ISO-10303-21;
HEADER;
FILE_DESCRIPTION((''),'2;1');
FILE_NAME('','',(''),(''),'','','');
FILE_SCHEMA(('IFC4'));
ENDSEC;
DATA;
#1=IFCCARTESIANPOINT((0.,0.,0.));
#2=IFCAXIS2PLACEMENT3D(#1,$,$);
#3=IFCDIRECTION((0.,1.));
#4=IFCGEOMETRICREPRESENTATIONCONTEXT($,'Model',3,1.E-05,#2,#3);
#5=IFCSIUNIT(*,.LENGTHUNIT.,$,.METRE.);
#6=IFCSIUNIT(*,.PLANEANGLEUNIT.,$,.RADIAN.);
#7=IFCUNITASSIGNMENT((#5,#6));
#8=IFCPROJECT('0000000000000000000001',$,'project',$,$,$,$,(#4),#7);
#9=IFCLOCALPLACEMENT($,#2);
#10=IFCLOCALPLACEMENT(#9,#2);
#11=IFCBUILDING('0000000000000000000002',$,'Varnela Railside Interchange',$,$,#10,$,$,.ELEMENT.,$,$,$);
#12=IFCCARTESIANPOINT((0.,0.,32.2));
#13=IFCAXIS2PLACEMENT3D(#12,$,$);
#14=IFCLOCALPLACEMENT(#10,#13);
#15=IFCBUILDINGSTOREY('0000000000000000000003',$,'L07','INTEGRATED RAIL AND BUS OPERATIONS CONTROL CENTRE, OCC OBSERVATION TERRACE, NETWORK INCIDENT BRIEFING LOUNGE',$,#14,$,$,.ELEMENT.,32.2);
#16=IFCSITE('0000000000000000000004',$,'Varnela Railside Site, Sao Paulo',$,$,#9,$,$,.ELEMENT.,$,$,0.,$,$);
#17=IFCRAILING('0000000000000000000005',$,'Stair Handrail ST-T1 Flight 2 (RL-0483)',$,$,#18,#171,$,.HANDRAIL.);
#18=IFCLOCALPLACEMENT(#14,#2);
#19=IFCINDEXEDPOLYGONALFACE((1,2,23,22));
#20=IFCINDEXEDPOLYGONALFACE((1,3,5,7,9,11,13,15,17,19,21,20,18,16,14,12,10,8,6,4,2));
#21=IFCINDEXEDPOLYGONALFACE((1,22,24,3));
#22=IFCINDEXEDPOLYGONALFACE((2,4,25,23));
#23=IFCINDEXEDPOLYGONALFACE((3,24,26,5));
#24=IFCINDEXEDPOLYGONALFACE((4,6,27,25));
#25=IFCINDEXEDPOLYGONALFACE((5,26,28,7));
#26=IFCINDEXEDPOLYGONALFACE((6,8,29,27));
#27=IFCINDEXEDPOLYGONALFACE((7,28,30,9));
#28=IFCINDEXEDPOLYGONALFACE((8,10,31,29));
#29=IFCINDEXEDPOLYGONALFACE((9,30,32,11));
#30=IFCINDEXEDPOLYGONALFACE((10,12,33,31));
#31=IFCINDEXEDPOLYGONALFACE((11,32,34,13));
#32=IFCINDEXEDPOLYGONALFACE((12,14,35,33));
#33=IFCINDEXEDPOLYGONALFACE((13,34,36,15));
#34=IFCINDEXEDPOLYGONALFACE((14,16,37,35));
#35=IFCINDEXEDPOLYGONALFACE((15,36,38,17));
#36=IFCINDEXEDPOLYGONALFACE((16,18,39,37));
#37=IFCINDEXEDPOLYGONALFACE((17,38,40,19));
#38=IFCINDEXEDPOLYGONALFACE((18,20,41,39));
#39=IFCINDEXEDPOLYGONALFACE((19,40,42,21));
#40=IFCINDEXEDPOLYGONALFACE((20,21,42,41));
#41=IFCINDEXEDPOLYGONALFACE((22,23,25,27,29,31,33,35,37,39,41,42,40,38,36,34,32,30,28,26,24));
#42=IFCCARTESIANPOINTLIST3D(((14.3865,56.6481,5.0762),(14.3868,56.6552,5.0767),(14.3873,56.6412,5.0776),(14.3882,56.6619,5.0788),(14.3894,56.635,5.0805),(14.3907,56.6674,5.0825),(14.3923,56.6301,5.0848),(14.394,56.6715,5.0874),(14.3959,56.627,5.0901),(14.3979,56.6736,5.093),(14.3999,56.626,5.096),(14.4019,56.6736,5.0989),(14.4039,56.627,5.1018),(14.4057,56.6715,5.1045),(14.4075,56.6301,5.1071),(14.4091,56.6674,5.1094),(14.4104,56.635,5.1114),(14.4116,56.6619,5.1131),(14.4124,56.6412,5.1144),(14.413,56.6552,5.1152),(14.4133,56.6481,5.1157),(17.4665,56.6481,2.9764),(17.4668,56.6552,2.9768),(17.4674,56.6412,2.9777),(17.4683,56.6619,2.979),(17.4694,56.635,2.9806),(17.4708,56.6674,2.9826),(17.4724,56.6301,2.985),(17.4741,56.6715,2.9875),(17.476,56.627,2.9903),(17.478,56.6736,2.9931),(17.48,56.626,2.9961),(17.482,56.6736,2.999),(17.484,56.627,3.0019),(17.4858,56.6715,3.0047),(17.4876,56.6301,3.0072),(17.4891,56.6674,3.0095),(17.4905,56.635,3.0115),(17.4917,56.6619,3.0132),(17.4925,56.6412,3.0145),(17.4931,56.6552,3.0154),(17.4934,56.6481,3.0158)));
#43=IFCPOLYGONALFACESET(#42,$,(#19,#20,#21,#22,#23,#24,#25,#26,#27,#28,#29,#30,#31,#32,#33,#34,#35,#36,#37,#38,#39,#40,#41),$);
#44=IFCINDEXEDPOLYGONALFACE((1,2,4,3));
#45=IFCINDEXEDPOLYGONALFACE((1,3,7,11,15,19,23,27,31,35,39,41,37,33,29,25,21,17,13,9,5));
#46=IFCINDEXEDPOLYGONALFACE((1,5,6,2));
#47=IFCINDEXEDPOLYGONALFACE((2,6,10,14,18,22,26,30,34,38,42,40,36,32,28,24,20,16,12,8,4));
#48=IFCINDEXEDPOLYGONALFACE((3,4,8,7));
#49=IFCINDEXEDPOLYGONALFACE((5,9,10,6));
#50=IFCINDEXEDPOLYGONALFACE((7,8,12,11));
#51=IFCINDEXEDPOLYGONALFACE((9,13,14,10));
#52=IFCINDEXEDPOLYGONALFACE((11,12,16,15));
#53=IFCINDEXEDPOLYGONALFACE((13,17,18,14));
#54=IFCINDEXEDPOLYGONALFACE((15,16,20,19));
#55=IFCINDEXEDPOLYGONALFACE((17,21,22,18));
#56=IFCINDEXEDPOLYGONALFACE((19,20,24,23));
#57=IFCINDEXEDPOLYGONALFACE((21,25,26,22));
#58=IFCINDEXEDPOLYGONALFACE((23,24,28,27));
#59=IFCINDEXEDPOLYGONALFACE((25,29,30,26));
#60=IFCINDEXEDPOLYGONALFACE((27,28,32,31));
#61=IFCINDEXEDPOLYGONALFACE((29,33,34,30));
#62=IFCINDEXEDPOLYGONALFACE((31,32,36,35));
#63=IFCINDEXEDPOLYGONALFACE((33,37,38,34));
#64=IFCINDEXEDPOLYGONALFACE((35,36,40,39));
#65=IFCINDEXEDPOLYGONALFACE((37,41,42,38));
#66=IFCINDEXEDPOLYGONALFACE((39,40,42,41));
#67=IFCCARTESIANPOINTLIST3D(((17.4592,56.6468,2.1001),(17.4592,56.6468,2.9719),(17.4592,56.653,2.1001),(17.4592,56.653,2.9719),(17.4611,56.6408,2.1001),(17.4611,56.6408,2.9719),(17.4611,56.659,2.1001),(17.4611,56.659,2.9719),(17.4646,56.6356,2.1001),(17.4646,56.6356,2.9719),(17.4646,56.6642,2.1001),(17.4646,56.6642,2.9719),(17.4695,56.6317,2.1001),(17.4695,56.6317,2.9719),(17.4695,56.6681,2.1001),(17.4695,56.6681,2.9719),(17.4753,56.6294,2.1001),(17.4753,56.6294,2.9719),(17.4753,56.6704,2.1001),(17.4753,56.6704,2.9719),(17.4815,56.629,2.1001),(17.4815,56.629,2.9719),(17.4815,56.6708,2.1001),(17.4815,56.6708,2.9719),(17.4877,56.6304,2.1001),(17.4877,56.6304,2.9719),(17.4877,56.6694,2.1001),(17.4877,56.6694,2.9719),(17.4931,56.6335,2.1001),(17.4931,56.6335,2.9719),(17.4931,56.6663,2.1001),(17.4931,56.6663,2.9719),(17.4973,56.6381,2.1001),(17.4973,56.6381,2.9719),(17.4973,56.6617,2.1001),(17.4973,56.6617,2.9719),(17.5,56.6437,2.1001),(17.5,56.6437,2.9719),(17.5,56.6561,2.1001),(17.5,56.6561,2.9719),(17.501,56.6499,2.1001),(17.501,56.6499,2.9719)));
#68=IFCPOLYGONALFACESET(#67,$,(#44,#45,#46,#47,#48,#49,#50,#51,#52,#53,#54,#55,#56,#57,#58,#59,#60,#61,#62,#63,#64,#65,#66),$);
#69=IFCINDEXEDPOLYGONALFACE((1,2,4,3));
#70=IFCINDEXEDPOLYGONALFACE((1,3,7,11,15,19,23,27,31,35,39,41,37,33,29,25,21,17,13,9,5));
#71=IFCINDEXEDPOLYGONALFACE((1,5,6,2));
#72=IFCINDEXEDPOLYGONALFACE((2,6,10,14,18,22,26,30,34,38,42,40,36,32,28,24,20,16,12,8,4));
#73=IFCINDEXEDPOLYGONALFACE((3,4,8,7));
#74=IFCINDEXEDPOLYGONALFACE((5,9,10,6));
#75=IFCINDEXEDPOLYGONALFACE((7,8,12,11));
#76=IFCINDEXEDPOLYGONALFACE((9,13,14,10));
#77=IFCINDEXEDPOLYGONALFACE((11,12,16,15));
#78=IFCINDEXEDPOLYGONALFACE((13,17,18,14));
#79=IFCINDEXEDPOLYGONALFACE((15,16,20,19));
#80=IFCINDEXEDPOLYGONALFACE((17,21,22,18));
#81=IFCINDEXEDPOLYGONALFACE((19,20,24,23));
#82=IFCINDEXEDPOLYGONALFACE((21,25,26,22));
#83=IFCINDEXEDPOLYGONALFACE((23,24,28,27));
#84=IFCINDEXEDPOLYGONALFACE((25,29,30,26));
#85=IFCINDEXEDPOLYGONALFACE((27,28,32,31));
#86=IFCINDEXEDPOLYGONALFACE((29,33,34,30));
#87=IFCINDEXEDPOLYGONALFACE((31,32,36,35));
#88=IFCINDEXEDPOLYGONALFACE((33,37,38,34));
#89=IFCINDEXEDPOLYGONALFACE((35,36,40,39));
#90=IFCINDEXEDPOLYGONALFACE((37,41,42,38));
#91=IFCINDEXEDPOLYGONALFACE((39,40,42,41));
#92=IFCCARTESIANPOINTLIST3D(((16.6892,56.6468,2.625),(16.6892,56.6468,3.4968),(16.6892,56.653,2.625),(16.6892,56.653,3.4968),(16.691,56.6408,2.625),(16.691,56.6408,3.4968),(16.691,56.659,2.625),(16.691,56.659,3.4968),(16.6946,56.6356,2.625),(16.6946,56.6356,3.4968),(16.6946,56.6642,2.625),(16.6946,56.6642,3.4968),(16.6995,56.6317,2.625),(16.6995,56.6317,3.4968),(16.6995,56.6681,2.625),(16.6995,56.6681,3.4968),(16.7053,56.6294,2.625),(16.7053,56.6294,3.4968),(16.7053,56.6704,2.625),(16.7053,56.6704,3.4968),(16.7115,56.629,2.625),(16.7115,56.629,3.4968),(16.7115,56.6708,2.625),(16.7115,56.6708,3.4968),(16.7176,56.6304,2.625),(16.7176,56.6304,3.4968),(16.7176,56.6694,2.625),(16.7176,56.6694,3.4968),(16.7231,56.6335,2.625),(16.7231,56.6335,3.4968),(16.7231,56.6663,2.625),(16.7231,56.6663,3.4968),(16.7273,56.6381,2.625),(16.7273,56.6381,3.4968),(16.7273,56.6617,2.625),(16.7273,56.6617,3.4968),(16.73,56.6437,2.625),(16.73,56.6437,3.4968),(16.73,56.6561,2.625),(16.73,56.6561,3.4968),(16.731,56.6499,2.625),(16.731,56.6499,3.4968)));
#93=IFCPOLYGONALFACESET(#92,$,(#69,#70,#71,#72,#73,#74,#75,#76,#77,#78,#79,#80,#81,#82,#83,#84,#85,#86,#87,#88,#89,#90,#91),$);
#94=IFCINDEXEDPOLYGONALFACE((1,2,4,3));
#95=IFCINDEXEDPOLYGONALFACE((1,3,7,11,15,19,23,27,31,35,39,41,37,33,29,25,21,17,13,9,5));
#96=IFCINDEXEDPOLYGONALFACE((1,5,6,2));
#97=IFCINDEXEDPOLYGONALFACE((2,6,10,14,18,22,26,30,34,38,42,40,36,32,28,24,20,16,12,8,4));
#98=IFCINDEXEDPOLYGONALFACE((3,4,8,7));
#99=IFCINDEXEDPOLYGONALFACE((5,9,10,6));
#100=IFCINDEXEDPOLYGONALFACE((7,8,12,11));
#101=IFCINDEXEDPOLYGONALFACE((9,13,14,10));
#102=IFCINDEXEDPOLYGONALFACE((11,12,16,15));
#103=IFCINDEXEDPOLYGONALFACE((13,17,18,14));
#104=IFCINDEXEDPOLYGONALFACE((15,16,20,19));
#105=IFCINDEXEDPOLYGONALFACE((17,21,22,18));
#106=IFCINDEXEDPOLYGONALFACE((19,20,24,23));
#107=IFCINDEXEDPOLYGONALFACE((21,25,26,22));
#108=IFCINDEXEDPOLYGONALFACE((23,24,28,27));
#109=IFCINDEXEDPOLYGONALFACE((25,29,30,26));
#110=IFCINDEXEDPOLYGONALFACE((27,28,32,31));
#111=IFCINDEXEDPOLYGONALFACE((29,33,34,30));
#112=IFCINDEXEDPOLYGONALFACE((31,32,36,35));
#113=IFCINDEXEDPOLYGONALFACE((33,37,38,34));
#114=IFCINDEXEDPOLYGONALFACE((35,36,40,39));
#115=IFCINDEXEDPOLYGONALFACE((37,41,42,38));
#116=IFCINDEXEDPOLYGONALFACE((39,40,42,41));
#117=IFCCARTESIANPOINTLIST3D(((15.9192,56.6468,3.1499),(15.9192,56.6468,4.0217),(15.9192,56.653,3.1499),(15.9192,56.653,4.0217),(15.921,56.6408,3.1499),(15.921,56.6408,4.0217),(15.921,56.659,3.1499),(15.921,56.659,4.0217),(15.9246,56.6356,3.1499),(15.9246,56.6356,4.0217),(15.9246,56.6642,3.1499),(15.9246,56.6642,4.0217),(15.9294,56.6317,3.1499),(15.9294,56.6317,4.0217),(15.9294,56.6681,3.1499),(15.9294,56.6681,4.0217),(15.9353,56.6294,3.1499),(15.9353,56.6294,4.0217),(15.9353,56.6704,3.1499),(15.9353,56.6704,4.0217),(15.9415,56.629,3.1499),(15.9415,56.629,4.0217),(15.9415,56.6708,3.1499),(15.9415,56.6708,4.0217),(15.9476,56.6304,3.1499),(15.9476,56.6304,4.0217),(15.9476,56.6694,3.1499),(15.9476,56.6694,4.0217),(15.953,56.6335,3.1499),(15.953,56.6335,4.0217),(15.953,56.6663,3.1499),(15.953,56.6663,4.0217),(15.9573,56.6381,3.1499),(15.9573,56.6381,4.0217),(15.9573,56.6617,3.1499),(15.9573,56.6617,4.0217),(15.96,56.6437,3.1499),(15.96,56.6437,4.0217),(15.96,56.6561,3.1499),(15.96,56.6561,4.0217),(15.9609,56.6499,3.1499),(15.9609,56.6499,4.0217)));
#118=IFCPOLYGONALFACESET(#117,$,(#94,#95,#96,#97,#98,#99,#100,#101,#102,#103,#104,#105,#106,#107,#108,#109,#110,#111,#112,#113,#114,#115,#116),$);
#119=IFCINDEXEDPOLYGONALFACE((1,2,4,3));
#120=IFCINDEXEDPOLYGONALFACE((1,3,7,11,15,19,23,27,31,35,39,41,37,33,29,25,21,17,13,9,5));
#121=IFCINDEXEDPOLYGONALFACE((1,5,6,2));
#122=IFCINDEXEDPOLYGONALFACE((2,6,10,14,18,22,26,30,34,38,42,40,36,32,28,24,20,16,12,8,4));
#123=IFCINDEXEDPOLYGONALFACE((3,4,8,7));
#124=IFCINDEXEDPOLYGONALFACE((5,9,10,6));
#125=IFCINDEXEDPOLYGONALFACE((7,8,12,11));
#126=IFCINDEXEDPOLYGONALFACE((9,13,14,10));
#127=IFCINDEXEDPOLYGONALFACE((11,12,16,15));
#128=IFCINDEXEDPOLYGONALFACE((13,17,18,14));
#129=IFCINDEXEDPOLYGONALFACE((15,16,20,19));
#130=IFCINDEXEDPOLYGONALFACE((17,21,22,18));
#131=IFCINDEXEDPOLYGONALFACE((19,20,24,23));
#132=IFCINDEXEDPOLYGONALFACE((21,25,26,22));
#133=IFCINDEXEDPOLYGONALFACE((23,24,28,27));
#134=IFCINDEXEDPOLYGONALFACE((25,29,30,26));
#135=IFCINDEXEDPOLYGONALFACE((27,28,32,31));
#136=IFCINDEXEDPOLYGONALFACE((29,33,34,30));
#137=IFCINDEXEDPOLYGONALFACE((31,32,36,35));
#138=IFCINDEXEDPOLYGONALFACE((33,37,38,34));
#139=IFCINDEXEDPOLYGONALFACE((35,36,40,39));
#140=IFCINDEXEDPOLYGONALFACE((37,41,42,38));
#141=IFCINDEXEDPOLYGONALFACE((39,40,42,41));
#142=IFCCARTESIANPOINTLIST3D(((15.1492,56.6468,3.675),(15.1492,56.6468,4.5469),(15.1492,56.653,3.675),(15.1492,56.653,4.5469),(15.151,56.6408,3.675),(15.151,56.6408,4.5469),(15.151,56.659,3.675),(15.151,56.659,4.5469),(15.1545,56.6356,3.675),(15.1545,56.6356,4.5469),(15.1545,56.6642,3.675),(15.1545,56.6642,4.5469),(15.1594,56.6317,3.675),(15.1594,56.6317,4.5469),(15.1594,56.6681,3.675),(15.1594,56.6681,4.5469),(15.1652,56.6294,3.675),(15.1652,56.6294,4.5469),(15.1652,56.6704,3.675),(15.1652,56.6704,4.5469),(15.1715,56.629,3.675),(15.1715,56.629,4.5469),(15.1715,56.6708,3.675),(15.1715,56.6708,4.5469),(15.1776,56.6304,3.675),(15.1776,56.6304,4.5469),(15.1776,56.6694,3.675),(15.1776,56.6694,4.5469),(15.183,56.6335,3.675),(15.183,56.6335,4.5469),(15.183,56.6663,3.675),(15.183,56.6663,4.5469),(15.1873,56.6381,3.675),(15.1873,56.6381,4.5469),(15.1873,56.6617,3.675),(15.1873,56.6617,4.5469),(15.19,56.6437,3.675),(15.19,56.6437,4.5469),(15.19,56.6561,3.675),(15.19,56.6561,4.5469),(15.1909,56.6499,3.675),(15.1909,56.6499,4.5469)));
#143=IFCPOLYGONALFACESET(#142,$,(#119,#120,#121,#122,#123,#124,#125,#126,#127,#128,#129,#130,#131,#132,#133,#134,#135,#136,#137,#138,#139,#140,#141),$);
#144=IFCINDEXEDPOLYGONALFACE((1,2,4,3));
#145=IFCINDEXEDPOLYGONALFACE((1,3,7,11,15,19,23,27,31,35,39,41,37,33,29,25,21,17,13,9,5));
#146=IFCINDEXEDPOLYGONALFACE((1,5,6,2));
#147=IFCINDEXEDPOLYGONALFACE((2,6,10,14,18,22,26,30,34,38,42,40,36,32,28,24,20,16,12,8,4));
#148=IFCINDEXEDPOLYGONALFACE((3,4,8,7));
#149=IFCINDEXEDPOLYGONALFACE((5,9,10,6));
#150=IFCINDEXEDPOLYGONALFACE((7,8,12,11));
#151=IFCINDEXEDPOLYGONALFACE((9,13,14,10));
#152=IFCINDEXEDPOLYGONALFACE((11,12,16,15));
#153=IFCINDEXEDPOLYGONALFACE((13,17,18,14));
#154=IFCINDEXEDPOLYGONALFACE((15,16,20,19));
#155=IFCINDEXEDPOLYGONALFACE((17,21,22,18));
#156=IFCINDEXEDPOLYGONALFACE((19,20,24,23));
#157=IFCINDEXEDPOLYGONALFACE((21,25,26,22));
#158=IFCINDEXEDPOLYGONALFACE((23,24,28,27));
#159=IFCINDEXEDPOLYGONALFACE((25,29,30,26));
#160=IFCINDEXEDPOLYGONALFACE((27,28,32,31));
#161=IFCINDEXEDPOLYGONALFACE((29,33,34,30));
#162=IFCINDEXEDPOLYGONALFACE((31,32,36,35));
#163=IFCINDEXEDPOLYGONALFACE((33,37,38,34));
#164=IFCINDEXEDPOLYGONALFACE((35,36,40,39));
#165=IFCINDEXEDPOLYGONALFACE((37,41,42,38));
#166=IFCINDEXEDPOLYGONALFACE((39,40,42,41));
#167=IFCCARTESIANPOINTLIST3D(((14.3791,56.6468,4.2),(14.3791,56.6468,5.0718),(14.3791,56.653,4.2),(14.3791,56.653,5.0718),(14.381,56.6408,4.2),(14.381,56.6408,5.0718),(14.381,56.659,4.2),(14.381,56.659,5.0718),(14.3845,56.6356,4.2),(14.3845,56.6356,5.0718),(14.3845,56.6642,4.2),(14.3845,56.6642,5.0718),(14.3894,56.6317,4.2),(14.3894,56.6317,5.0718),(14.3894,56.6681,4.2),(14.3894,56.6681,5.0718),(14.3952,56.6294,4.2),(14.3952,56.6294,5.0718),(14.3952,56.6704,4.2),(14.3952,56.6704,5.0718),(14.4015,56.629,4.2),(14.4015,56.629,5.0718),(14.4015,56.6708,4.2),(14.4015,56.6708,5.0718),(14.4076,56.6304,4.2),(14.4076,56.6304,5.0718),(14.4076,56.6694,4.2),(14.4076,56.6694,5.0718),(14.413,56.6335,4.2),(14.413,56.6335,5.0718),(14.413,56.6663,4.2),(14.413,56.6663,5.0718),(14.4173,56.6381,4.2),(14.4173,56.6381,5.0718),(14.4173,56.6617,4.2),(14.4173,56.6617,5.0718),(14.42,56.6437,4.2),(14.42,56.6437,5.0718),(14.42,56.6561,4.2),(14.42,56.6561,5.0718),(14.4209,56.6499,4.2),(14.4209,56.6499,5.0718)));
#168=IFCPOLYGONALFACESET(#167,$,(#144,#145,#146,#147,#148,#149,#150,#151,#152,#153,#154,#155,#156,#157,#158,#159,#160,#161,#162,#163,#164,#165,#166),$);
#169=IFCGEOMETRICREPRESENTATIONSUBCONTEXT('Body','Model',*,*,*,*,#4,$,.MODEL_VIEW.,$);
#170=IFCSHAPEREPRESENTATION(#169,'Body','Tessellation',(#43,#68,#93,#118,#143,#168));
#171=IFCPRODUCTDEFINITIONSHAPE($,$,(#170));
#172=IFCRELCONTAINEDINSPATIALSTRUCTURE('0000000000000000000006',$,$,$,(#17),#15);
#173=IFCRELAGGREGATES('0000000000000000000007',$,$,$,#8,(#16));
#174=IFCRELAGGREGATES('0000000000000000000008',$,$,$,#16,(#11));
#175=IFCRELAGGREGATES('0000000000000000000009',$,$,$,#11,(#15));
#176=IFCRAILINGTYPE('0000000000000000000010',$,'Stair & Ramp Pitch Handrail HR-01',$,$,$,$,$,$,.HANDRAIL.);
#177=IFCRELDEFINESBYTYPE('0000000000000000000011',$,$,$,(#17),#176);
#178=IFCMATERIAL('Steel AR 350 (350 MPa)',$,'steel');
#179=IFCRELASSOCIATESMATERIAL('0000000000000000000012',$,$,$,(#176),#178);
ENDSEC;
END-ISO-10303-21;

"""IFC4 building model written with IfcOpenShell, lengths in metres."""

from ifc_helpers import new_model, si_unit, direction, frame, origin, origin_2d, place, context, subcontext, project, spatial, circle, extrude, material, type_object, element, save


model = new_model("IFC4")

# Units and contexts
model_context = context("Model", 3, precision=1e-05, world=origin(), true_north=direction((0.0, 1.0)))
body_context = subcontext(model_context, "Body", "Model", "MODEL_VIEW")
ifc_project = project(units=[si_unit("LENGTHUNIT", "METRE"), si_unit("PLANEANGLEUNIT", "RADIAN")], contexts=[model_context])

# Site, building, storey
site_placement = place(None, origin())
site = spatial("IfcSite", under=ifc_project, at=site_placement, Name="Varnela Railside Site, Sao Paulo", CompositionType="ELEMENT", RefElevation=0.0)
building_placement = place(site_placement, origin())
building = spatial("IfcBuilding", under=site, at=building_placement, Name="Varnela Railside Interchange", CompositionType="ELEMENT")
storey_placement = place(building_placement, frame((0.0, 0.0, 32.2)))
storey = spatial("IfcBuildingStorey", under=building, at=storey_placement, Name="L07", Description="INTEGRATED RAIL AND BUS OPERATIONS CONTROL CENTRE, OCC OBSERVATION TERRACE, NETWORK INCIDENT BRIEFING LOUNGE", CompositionType="ELEMENT", Elevation=32.2)

# Shared definitions
ifc_material_1 = material(Name="Steel AR 350 (350 MPa)", Category="steel")

# Railing
railing_type_1 = type_object("IfcRailingType", Name="Stair & Ramp Pitch Handrail HR-01", PredefinedType="HANDRAIL", material=ifc_material_1)
railing_1_placement = place(storey_placement, frame((17.48, 56.6499, 2.1001)))
element("IfcRailing", 1, at=railing_1_placement, inside=storey, type_object=railing_type_1, Name="Stair Handrail ST-T1 Flight 2 (RL-0483)", PredefinedType="HANDRAIL", context=body_context, shape_type="SweptSolid", body=[
    extrude(circle(Radius=0.0239, at=origin_2d()), frame((0.0, 0.0, 0.896), z_axis=(-0.826252, 0.0, 0.5633), x_axis=(0.0, -1.0, 0.0)), (0.0, 0.0, 1.0), 3.7278),
    extrude(circle(Radius=0.021, at=origin_2d()), origin(), (0.0, 0.0, 1.0), 0.8718),
    extrude(circle(Radius=0.021, at=origin_2d()), frame((-0.77, 0.0, 0.5249)), (0.0, 0.0, 1.0), 0.8718),
    extrude(circle(Radius=0.021, at=origin_2d()), frame((-1.54, 0.0, 1.0498)), (0.0, 0.0, 1.0), 0.8718),
    extrude(circle(Radius=0.021, at=origin_2d()), frame((-2.3101, 0.0, 1.575)), (0.0, 0.0, 1.0), 0.8718),
    extrude(circle(Radius=0.021, at=origin_2d()), frame((-3.0801, 0.0, 2.0999)), (0.0, 0.0, 1.0), 0.8718),
])

save(model, "model.ifc")
